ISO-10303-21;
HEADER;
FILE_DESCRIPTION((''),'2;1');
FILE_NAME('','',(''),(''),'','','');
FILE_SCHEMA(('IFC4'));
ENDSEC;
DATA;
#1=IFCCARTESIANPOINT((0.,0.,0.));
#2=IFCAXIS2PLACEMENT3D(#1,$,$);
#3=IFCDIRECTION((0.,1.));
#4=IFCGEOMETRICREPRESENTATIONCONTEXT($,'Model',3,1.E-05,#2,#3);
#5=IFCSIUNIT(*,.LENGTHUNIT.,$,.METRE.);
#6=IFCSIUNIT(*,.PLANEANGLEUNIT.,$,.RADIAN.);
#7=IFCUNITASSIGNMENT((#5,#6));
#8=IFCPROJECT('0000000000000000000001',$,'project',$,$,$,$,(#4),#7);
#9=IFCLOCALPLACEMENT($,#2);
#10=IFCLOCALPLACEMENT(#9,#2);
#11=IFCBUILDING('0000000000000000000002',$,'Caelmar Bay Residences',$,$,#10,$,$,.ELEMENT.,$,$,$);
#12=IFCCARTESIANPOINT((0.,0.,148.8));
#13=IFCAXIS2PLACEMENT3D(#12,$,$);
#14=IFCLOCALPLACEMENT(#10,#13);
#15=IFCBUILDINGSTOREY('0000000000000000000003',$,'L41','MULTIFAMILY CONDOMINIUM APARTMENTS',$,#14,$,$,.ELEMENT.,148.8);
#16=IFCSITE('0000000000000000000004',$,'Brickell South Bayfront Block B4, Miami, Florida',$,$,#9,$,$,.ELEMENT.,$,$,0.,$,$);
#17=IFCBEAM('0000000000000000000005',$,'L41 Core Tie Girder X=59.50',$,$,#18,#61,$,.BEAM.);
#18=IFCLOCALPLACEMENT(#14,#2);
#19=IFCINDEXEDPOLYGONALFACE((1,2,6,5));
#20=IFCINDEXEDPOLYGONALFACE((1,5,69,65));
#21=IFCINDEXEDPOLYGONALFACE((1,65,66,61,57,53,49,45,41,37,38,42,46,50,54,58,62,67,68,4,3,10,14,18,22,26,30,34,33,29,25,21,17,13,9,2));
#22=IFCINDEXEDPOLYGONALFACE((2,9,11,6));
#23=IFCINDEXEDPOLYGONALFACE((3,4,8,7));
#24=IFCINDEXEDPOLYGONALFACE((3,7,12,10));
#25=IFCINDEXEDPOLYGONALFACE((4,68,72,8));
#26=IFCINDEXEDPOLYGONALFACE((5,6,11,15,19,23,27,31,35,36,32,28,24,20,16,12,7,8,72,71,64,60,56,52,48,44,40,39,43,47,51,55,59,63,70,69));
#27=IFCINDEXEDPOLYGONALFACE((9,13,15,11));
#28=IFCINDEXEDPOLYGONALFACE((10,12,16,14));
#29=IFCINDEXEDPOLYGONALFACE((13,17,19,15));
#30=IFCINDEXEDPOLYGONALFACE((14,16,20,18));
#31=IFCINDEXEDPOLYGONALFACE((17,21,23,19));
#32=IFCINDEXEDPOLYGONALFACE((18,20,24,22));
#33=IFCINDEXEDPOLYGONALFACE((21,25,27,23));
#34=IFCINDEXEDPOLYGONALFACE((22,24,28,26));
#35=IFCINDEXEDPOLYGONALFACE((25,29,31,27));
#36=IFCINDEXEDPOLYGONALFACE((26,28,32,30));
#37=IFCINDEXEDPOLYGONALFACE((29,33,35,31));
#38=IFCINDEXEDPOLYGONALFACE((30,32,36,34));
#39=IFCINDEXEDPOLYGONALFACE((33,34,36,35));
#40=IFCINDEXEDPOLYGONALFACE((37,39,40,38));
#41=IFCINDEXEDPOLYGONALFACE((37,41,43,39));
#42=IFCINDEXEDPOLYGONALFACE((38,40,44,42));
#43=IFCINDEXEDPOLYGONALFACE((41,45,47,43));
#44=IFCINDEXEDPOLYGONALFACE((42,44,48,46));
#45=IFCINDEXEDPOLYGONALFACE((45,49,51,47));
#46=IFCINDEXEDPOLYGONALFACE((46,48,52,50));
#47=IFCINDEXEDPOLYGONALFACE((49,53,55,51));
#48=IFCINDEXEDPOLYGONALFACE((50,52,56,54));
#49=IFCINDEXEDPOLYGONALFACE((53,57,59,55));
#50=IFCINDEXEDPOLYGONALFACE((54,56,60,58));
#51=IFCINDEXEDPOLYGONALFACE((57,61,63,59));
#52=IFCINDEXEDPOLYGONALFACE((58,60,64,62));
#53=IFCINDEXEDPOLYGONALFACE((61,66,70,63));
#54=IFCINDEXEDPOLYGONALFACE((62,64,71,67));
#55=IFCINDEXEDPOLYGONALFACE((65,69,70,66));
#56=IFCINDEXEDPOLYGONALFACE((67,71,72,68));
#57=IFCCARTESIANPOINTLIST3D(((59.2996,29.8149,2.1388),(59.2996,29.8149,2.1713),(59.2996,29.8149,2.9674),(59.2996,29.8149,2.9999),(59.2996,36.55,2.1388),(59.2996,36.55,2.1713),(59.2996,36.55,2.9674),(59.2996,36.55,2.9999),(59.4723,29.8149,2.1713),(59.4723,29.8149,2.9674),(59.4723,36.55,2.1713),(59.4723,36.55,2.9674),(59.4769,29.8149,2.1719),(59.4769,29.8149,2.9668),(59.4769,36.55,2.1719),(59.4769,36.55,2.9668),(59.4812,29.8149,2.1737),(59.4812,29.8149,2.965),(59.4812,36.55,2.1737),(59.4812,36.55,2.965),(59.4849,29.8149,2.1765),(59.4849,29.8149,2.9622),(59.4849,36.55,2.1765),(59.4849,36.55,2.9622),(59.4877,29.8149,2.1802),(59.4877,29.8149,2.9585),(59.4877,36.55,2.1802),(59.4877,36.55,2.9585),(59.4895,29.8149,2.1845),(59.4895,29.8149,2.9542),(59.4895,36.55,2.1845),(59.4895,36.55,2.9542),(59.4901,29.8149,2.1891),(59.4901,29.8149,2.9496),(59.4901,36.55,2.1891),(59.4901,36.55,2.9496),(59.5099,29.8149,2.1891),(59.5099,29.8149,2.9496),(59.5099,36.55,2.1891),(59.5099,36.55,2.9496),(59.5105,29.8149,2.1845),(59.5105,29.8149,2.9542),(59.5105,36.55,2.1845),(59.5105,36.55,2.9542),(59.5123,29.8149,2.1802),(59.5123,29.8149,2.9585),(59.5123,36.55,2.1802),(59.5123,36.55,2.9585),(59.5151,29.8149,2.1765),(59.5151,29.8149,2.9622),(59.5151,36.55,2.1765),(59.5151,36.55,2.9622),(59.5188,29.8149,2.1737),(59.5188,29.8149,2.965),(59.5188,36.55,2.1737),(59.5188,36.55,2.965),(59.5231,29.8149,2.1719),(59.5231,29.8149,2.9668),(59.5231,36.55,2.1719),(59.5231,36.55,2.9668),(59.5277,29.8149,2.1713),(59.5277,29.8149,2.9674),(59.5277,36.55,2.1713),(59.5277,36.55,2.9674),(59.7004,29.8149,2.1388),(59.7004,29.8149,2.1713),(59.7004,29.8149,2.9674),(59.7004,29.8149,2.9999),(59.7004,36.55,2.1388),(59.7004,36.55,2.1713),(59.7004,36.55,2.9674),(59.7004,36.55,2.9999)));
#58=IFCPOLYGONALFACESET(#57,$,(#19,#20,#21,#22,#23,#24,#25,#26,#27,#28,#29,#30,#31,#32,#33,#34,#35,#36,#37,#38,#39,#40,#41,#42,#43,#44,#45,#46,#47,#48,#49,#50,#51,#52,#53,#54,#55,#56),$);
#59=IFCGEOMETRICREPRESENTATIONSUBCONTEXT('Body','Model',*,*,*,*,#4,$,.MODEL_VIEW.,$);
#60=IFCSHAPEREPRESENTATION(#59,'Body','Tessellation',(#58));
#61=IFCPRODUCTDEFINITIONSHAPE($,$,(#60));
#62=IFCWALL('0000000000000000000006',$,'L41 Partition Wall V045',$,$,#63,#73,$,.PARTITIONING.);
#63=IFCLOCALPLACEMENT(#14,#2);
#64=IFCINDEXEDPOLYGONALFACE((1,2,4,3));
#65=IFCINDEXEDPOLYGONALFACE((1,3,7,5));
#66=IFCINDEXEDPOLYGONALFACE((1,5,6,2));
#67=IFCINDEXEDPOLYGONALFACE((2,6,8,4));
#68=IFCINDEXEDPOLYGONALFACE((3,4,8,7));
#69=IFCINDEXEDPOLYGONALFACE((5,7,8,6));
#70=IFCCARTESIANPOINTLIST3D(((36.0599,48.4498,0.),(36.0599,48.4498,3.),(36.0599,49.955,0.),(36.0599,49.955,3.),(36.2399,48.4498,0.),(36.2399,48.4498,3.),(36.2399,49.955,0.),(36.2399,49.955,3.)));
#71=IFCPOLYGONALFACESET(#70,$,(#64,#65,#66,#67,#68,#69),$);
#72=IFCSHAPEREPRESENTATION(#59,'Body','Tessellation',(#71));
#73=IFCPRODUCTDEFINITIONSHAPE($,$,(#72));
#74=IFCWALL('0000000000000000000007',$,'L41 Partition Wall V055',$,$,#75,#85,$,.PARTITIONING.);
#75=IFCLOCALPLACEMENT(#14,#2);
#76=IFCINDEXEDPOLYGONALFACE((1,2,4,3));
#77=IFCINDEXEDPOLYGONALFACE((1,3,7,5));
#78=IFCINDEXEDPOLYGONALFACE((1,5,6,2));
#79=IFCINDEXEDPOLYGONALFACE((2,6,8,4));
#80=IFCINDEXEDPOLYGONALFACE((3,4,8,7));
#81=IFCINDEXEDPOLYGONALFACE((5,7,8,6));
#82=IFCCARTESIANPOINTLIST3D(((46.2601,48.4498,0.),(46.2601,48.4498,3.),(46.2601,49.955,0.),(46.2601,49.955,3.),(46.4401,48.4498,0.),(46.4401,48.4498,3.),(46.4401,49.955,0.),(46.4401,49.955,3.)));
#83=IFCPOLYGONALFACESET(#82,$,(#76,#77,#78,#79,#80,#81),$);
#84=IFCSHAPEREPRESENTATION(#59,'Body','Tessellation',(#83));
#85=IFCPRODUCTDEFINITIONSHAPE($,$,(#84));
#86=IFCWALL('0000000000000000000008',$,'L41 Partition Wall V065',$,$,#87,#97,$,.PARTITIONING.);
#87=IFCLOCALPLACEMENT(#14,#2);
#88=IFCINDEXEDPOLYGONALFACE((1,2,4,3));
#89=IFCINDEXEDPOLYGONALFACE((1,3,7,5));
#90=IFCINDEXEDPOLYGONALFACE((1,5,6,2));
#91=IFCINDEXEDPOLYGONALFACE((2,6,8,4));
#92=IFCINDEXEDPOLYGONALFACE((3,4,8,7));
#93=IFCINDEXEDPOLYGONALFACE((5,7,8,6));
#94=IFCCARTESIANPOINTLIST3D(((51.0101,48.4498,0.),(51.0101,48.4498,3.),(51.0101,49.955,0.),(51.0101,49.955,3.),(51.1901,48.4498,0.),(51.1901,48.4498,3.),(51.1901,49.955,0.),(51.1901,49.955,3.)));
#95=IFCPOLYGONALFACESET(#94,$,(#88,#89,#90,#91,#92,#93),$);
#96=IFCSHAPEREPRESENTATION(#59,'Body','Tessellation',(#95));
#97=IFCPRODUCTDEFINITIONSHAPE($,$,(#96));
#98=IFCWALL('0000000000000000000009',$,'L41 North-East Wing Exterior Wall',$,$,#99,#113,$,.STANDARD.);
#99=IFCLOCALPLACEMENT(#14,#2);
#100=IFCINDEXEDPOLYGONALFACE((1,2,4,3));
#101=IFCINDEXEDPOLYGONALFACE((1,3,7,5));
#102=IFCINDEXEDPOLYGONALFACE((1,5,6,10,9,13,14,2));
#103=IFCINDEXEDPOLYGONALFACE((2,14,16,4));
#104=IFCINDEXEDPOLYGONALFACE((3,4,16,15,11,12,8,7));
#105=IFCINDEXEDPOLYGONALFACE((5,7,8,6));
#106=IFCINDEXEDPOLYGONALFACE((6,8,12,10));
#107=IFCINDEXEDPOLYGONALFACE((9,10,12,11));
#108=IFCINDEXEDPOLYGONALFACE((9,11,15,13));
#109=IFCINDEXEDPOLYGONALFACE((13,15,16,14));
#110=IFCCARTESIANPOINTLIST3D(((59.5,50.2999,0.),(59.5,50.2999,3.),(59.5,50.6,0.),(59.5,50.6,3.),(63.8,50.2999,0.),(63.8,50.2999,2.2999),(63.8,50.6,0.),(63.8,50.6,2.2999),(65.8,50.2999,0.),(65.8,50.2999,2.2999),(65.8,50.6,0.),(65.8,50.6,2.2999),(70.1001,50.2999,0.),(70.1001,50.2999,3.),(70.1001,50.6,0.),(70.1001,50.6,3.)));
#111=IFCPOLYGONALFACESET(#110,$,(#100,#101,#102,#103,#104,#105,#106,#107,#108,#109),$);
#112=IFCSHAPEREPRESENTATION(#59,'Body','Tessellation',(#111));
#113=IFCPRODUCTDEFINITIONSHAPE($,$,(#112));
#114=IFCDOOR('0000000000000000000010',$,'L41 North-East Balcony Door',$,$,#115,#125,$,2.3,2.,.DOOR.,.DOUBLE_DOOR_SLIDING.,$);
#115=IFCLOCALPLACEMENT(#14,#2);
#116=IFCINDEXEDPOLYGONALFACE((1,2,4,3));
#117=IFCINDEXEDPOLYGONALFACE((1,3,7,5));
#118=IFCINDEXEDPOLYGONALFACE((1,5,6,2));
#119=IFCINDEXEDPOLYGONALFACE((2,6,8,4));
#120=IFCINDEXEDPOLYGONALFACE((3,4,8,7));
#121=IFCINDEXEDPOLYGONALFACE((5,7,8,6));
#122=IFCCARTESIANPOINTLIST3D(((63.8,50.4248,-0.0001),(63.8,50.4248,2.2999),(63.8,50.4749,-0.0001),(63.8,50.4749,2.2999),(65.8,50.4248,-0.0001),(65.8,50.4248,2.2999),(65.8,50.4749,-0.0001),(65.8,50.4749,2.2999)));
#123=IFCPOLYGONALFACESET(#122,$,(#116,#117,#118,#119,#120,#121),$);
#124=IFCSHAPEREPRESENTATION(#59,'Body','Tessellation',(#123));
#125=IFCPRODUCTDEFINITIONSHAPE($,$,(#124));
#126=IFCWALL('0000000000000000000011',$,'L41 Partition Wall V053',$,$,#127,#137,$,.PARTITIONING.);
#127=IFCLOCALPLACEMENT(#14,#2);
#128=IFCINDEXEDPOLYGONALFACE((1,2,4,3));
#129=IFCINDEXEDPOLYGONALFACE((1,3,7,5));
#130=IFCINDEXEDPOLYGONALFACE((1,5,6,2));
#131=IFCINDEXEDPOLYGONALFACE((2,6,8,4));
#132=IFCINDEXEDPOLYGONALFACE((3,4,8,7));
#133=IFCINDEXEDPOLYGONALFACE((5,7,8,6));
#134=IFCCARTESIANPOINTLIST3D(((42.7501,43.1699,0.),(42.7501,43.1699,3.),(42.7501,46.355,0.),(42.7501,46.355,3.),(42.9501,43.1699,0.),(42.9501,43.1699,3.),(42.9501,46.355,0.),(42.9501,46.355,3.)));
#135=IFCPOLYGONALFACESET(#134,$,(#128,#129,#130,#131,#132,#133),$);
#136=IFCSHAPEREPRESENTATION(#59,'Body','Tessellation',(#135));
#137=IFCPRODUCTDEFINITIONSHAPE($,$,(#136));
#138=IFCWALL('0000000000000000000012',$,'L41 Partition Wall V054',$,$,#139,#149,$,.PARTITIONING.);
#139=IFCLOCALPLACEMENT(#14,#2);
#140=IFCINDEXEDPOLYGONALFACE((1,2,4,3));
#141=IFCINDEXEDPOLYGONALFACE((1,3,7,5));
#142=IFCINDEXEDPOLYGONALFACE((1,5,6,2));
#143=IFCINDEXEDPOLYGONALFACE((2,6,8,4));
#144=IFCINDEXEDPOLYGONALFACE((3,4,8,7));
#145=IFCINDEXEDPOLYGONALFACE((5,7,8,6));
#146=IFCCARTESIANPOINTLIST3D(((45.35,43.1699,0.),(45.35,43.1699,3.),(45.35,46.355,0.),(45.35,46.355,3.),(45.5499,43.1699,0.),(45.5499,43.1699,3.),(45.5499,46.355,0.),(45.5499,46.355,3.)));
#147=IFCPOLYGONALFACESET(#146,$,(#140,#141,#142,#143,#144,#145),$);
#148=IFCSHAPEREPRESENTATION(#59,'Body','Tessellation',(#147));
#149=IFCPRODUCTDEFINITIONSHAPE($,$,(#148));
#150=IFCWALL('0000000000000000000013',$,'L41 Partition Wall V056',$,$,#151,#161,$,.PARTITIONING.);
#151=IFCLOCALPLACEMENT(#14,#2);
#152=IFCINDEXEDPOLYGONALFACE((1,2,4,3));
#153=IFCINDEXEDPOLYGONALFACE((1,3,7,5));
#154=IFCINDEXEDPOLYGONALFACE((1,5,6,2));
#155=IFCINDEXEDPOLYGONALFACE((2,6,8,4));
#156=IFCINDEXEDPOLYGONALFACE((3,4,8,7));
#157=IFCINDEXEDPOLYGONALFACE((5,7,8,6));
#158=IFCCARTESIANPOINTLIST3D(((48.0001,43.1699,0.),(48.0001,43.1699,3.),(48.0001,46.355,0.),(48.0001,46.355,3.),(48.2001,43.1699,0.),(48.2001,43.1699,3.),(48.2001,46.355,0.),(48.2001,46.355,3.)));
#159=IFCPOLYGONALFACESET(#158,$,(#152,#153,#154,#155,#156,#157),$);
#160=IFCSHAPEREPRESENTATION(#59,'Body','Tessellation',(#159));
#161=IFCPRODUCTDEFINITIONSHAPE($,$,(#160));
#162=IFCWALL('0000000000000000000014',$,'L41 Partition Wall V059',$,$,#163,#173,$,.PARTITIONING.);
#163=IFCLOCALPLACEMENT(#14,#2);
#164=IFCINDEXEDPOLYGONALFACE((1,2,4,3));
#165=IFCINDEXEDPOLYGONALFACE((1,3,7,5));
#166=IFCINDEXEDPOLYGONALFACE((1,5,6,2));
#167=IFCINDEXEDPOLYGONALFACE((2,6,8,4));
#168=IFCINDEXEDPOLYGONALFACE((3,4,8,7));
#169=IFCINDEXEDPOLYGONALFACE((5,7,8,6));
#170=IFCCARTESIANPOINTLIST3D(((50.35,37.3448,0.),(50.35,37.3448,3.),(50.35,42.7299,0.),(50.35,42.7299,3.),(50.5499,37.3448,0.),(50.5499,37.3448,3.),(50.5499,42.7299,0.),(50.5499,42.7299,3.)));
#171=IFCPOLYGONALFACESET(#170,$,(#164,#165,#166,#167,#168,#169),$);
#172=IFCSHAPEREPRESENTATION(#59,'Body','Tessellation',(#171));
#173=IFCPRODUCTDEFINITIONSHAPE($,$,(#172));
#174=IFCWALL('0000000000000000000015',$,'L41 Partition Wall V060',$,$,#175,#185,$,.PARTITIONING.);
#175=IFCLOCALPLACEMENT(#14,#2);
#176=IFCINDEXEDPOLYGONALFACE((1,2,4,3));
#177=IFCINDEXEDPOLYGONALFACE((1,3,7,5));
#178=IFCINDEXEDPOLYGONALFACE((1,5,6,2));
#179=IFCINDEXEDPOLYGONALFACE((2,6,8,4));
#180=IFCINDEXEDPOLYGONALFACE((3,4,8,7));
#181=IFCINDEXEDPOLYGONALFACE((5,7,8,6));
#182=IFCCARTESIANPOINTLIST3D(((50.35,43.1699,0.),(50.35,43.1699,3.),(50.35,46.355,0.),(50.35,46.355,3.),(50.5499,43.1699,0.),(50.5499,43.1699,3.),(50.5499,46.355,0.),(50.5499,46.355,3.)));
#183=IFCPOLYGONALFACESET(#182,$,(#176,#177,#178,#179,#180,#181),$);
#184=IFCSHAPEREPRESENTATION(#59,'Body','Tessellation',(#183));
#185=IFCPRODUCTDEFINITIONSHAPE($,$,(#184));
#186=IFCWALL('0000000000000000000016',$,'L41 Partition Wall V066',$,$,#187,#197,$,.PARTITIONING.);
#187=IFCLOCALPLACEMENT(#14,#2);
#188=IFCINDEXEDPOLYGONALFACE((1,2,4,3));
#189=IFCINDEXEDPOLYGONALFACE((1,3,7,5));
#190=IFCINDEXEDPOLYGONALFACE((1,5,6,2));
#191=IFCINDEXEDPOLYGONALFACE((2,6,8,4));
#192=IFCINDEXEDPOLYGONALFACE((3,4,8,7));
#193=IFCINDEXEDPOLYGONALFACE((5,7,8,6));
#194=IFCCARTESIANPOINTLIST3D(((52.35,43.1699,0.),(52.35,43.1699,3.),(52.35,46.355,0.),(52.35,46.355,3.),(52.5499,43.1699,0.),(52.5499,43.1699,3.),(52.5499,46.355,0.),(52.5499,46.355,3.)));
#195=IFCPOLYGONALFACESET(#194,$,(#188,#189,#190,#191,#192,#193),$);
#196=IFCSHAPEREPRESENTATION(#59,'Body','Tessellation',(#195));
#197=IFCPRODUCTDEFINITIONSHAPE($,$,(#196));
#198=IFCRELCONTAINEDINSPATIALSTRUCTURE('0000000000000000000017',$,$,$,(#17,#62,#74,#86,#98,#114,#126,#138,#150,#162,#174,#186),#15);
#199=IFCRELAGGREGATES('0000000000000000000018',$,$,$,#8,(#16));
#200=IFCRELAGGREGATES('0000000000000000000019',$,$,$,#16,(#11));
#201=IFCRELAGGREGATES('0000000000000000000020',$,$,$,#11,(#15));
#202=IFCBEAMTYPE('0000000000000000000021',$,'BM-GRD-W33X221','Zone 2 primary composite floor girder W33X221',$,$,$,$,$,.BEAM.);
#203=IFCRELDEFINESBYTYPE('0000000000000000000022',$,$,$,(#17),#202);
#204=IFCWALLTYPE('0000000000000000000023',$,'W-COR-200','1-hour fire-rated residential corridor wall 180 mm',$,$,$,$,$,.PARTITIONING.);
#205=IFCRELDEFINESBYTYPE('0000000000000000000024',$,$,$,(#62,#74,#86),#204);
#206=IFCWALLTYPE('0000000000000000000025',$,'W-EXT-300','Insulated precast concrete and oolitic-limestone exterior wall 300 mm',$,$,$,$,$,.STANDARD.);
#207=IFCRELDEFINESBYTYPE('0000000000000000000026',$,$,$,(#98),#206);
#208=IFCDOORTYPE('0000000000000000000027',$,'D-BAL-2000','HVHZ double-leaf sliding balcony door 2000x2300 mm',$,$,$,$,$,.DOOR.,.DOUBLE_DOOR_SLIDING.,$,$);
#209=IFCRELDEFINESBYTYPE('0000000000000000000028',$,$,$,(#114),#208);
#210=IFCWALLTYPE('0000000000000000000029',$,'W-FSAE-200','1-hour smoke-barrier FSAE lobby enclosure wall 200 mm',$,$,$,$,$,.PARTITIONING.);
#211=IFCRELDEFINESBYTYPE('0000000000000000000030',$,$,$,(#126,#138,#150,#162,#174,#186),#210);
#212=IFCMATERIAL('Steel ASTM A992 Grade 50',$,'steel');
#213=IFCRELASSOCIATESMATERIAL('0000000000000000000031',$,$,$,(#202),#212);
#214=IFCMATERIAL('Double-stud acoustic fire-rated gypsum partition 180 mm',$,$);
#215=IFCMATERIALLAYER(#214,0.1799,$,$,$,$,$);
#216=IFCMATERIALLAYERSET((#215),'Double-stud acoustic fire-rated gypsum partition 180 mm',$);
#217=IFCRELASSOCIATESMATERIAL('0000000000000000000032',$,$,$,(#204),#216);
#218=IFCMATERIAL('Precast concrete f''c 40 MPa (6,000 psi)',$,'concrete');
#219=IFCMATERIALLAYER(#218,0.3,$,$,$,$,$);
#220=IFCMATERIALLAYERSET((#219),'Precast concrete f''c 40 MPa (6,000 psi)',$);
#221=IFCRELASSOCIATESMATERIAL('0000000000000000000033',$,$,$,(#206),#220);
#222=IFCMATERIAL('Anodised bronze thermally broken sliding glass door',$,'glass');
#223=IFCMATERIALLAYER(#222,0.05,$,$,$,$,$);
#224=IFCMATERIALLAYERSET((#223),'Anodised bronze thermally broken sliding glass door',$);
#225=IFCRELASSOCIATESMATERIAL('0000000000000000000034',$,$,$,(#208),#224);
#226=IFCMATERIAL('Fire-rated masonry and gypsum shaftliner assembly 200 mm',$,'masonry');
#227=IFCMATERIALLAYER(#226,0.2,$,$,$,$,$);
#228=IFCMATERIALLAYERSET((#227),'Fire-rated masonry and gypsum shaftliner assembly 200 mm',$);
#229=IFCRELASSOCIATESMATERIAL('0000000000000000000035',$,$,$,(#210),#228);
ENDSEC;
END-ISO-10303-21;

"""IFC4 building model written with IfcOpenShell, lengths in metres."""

from ifc_helpers import new_model, si_unit, direction, frame, frame_2d, origin, origin_2d, place, context, subcontext, project, spatial, rectangle, i_section, extrude, material, layer, layer_set, material_profile, profile_set, type_object, element, fill, save


model = new_model("IFC4")

# Units and contexts
model_context = context("Model", 3, precision=1e-05, world=origin(), true_north=direction((0.0, 1.0)))
body_context = subcontext(model_context, "Body", "Model", "MODEL_VIEW")
ifc_project = project(units=[si_unit("LENGTHUNIT", "METRE"), si_unit("PLANEANGLEUNIT", "RADIAN")], contexts=[model_context])

# Site, building, storey
site_placement = place(None, origin())
site = spatial("IfcSite", under=ifc_project, at=site_placement, Name="Brickell South Bayfront Block B4, Miami, Florida", CompositionType="ELEMENT", RefElevation=0.0)
building_placement = place(site_placement, origin())
building = spatial("IfcBuilding", under=site, at=building_placement, Name="Caelmar Bay Residences", CompositionType="ELEMENT")
storey_placement = place(building_placement, frame((0.0, 0.0, 148.8)))
storey = spatial("IfcBuildingStorey", under=building, at=storey_placement, Name="L41", Description="MULTIFAMILY CONDOMINIUM APARTMENTS", CompositionType="ELEMENT", Elevation=148.8)

# Beam
ifc_material_1 = material(Name="Steel ASTM A992 Grade 50", Category="steel")
ifc_material_profile = material_profile(ifc_material_1, i_section(OverallWidth=0.4009, OverallDepth=0.8611, WebThickness=0.0198, FlangeThickness=0.0325, FilletRadius=0.0178, at=origin_2d()), Name="W33X221")
ifc_profile_set = profile_set([ifc_material_profile], Name="Steel ASTM A992 Grade 50")
beam_type = type_object("IfcBeamType", Name="BM-GRD-W33X221", Description="Zone 2 primary composite floor girder W33X221", PredefinedType="BEAM", material=ifc_profile_set)
beam_placement = place(storey_placement, frame((59.5, 29.8149, 2.5693), z_axis=(0.0, 1.0, 0.0), x_axis=(-1.0, 0.0, 0.0)))
element("IfcBeam", 1, at=beam_placement, inside=storey, type_object=beam_type, Name="L41 Core Tie Girder X=59.50", PredefinedType="BEAM", context=body_context, shape_type="SweptSolid", body=[
    extrude(i_section(OverallWidth=0.4009, OverallDepth=0.8611, WebThickness=0.0198, FlangeThickness=0.0325, FilletRadius=0.0178, at=origin_2d()), origin(), (0.0, 0.0, 1.0), 6.7351),
])

# Walls
ifc_material_2 = material(Name="Double-stud acoustic fire-rated gypsum partition 180 mm")
ifc_layer_1 = layer(ifc_material_2, 0.1799)
ifc_layer_set_1 = layer_set([ifc_layer_1], Name="Double-stud acoustic fire-rated gypsum partition 180 mm")
wall_type_1 = type_object("IfcWallType", Name="W-COR-200", Description="1-hour fire-rated residential corridor wall 180 mm", PredefinedType="PARTITIONING", material=ifc_layer_set_1)
for number, where, z_axis, x_axis, name in (
    (2, (36.1499, 48.45, 0.0), (0.0, 0.0, 1.0), (0.0, 1.0, 0.0), "L41 Partition Wall V045"),
    (3, (46.3501, 48.45, 0.0), (0.0, 0.0, 1.0), (0.0, 1.0, 0.0), "L41 Partition Wall V055"),
    (4, (51.1001, 48.45, 0.0), (0.0, 0.0, 1.0), (0.0, 1.0, 0.0), "L41 Partition Wall V065"),
):
    element("IfcWall", number, at=place(storey_placement, frame(where, z_axis=z_axis, x_axis=x_axis)), inside=storey, type_object=wall_type_1, Name=name, PredefinedType="PARTITIONING", context=body_context, shape_type="SweptSolid", body=[
        extrude(rectangle(XDim=1.5051, YDim=0.1799, at=frame_2d((0.7524, 0.0))), origin(), (0.0, 0.0, 1.0), 3.0),
    ])

# Wall, opening, door
ifc_material_3 = material(Name="Precast concrete f'c 40 MPa (6,000 psi)", Category="concrete")
ifc_layer_2 = layer(ifc_material_3, 0.3)
ifc_layer_set_2 = layer_set([ifc_layer_2], Name="Precast concrete f'c 40 MPa (6,000 psi)")
wall_type_2 = type_object("IfcWallType", Name="W-EXT-300", Description="Insulated precast concrete and oolitic-limestone exterior wall 300 mm", PredefinedType="STANDARD", material=ifc_layer_set_2)
wall_1_placement = place(storey_placement, frame((59.5, 50.45, 0.0), z_axis=(0.0, 0.0, 1.0), x_axis=(1.0, 0.0, 0.0)))
wall_1 = element("IfcWall", 5, at=wall_1_placement, inside=storey, type_object=wall_type_2, Name="L41 North-East Wing Exterior Wall", PredefinedType="STANDARD", context=body_context, shape_type="SweptSolid", body=[
    extrude(rectangle(XDim=10.6001, YDim=0.3, at=frame_2d((5.3, 0.0))), origin(), (0.0, 0.0, 1.0), 3.0),
])
opening_1_placement = place(wall_1_placement, frame((4.3, 0.0, 0.0)))
opening_1 = element("IfcOpeningElement", 6, at=opening_1_placement, cuts=wall_1, PredefinedType="OPENING", context=body_context, shape_type="SweptSolid", body=[
    extrude(rectangle(XDim=2.0, YDim=2.3, at=frame_2d((1.0, 1.1499))), frame((0.0, 0.1599, 0.0), z_axis=(0.0, -1.0, 0.0), x_axis=(1.0, 0.0, 0.0)), (0.0, 0.0, 1.0), 0.3201),
])
ifc_material_4 = material(Name="Anodised bronze thermally broken sliding glass door", Category="glass")
ifc_layer_3 = layer(ifc_material_4, 0.05)
ifc_layer_set_3 = layer_set([ifc_layer_3], Name="Anodised bronze thermally broken sliding glass door")
door_type_1 = type_object("IfcDoorType", Name="D-BAL-2000", Description="HVHZ double-leaf sliding balcony door 2000x2300 mm", OperationType="DOUBLE_DOOR_SLIDING", PredefinedType="DOOR", material=ifc_layer_set_3)
door_1_placement = place(opening_1_placement, origin())
door_1 = element("IfcDoor", 7, at=door_1_placement, inside=storey, type_object=door_type_1, Name="L41 North-East Balcony Door", OperationType="DOUBLE_DOOR_SLIDING", OverallHeight=2.3, OverallWidth=2.0, PredefinedType="DOOR", context=body_context, shape_type="SweptSolid", body=[
    extrude(rectangle(XDim=2.0, YDim=2.3, at=frame_2d((1.0, 1.1499))), frame((0.0, 0.0249, 0.0), z_axis=(0.0, -1.0, 0.0), x_axis=(1.0, 0.0, 0.0)), (0.0, 0.0, 1.0), 0.05),
])
fill(opening_1, door_1)

# Walls
ifc_material_5 = material(Name="Fire-rated masonry and gypsum shaftliner assembly 200 mm", Category="masonry")
ifc_layer_4 = layer(ifc_material_5, 0.2)
ifc_layer_set_4 = layer_set([ifc_layer_4], Name="Fire-rated masonry and gypsum shaftliner assembly 200 mm")
wall_type_3 = type_object("IfcWallType", Name="W-FSAE-200", Description="1-hour smoke-barrier FSAE lobby enclosure wall 200 mm", PredefinedType="PARTITIONING", material=ifc_layer_set_4)
for number, where, z_axis, x_axis, name in (
    (8, (42.8501, 43.1699, 0.0), (0.0, 0.0, 1.0), (0.0, 1.0, 0.0), "L41 Partition Wall V053"),
    (9, (45.45, 43.1699, 0.0), (0.0, 0.0, 1.0), (0.0, 1.0, 0.0), "L41 Partition Wall V054"),
    (10, (48.1001, 43.1699, 0.0), (0.0, 0.0, 1.0), (0.0, 1.0, 0.0), "L41 Partition Wall V056"),
):
    element("IfcWall", number, at=place(storey_placement, frame(where, z_axis=z_axis, x_axis=x_axis)), inside=storey, type_object=wall_type_3, Name=name, PredefinedType="PARTITIONING", context=body_context, shape_type="SweptSolid", body=[
        extrude(rectangle(XDim=3.1851, YDim=0.2, at=frame_2d((1.5925, 0.0))), origin(), (0.0, 0.0, 1.0), 3.0),
    ])
wall_2_placement = place(storey_placement, frame((50.45, 37.345, 0.0), z_axis=(0.0, 0.0, 1.0), x_axis=(0.0, 1.0, 0.0)))
element("IfcWall", 11, at=wall_2_placement, inside=storey, type_object=wall_type_3, Name="L41 Partition Wall V059", PredefinedType="PARTITIONING", context=body_context, shape_type="SweptSolid", body=[
    extrude(rectangle(XDim=5.385, YDim=0.2, at=frame_2d((2.6924, 0.0))), origin(), (0.0, 0.0, 1.0), 3.0),
])
for number, where, z_axis, x_axis, name in (
    (12, (50.45, 43.1699, 0.0), (0.0, 0.0, 1.0), (0.0, 1.0, 0.0), "L41 Partition Wall V060"),
    (13, (52.45, 43.1699, 0.0), (0.0, 0.0, 1.0), (0.0, 1.0, 0.0), "L41 Partition Wall V066"),
):
    element("IfcWall", number, at=place(storey_placement, frame(where, z_axis=z_axis, x_axis=x_axis)), inside=storey, type_object=wall_type_3, Name=name, PredefinedType="PARTITIONING", context=body_context, shape_type="SweptSolid", body=[
        extrude(rectangle(XDim=3.1851, YDim=0.2, at=frame_2d((1.5925, 0.0))), origin(), (0.0, 0.0, 1.0), 3.0),
    ])

save(model, "model.ifc")
